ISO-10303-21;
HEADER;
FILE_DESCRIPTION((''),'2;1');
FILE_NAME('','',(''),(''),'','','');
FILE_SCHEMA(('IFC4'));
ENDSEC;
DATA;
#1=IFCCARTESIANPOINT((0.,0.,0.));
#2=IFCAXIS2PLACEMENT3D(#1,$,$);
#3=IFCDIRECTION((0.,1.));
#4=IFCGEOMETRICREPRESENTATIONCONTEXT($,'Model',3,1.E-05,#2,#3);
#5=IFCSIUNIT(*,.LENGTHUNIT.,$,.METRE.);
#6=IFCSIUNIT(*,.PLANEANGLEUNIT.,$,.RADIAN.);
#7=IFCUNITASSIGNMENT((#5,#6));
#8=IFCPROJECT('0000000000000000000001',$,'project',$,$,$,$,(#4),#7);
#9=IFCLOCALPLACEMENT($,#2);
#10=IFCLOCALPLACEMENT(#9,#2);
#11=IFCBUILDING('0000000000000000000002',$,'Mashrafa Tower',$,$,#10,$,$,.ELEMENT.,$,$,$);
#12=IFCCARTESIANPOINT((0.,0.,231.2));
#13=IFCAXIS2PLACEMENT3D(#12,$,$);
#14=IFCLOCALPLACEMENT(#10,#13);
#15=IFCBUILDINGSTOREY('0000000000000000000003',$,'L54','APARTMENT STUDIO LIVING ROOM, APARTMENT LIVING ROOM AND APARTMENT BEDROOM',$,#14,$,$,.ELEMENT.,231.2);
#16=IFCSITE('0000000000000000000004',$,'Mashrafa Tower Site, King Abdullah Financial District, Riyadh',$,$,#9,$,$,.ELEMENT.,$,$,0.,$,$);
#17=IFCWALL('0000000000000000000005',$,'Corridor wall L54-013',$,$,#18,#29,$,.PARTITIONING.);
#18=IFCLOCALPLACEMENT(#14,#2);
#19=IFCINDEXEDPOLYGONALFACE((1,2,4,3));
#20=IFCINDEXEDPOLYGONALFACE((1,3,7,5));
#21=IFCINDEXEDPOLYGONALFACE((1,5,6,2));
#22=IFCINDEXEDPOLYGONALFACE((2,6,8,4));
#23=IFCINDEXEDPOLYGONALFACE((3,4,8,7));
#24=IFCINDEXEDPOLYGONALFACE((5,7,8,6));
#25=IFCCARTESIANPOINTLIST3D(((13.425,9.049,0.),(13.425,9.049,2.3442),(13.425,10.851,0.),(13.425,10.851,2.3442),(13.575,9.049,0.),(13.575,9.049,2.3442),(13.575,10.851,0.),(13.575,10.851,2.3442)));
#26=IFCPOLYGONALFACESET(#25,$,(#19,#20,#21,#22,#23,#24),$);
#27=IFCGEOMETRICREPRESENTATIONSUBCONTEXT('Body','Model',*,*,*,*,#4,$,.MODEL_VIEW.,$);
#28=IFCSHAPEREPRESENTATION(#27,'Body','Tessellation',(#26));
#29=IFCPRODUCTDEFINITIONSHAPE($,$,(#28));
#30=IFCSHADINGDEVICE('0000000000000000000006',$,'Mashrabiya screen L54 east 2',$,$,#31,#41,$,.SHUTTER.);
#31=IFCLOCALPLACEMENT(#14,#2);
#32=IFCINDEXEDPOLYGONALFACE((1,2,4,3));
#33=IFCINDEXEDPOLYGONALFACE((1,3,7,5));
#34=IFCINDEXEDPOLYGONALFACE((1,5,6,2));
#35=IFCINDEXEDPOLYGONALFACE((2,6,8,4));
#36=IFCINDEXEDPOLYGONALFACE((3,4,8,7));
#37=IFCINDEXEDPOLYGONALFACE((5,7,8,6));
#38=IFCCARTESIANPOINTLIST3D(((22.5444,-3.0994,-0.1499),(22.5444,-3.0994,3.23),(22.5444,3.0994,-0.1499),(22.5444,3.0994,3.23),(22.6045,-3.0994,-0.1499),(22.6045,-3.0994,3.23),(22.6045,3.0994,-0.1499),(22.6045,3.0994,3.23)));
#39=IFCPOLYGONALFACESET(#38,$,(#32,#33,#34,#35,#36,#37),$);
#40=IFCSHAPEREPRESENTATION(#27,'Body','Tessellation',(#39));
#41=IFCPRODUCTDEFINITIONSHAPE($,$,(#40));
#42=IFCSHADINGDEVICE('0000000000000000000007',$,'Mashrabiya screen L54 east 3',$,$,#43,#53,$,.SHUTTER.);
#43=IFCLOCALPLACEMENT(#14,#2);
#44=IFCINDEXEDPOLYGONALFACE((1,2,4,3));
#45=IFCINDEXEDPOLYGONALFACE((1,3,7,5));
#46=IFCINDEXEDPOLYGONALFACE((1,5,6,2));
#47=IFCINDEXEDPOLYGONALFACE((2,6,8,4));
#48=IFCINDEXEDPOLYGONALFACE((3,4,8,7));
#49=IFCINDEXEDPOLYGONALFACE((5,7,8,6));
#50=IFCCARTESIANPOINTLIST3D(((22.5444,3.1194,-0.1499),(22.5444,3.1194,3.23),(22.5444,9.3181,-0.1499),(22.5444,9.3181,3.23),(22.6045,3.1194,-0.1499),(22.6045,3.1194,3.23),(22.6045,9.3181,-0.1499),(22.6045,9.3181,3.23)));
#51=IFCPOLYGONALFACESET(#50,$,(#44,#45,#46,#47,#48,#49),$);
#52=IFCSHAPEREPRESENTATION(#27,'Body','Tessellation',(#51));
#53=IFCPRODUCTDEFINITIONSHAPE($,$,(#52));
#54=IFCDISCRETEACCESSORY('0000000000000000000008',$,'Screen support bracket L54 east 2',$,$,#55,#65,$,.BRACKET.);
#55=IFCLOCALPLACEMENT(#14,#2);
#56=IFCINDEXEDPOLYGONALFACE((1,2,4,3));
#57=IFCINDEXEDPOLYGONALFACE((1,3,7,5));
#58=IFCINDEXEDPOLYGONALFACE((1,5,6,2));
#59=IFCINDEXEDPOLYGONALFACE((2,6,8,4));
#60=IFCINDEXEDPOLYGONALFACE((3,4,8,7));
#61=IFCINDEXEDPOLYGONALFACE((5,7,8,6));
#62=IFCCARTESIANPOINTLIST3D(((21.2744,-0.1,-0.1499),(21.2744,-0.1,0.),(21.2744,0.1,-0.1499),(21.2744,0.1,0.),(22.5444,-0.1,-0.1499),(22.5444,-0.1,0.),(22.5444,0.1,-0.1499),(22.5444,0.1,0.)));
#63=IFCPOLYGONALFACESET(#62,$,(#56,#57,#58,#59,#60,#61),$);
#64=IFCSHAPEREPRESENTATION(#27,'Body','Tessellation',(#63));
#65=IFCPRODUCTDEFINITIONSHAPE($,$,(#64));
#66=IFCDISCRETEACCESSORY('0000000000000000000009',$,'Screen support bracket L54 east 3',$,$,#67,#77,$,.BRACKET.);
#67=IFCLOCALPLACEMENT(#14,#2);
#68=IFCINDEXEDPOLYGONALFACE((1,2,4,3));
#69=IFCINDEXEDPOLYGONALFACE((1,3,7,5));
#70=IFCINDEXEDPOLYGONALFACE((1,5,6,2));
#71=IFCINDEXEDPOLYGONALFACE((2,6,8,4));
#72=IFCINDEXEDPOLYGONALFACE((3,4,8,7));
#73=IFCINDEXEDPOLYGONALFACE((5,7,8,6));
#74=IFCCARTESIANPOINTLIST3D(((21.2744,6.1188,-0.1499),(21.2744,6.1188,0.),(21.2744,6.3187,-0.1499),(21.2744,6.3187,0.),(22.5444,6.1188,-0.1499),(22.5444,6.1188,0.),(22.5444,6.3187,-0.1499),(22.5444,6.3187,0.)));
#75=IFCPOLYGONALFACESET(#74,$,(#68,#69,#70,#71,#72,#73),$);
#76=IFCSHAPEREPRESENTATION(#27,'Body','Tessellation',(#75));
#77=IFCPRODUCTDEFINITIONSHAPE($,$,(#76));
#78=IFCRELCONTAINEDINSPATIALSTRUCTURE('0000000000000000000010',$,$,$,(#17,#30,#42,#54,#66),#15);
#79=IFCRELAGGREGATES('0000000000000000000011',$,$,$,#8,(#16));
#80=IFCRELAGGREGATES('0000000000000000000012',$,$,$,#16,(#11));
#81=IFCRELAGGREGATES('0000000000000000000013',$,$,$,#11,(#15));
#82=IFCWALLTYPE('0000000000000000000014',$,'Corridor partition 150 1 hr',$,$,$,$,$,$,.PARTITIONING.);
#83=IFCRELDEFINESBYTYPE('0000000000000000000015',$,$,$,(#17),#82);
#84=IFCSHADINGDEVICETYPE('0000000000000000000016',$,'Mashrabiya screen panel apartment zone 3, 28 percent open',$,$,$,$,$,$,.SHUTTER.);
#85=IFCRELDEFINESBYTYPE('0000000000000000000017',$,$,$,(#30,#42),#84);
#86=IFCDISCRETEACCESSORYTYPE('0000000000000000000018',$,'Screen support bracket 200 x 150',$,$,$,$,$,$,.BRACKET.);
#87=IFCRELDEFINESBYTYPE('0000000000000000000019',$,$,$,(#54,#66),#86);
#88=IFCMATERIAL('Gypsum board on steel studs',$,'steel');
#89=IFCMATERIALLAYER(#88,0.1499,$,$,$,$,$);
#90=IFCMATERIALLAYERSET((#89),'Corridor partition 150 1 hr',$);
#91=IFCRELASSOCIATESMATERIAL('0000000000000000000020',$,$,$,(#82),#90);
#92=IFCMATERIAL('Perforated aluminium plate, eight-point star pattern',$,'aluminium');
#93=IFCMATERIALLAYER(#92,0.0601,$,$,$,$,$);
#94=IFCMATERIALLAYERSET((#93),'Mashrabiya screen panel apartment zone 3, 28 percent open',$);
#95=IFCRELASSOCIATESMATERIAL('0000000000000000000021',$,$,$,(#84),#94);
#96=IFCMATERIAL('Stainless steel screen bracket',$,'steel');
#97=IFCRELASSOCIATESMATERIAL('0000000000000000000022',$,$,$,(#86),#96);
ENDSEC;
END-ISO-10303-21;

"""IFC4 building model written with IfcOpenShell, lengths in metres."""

from ifc_helpers import new_model, si_unit, direction, frame, frame_2d, origin, origin_2d, place, context, subcontext, project, spatial, rectangle, extrude, source, transform, mapped, material, layer, layer_set, type_object, type_shapes, element, save


model = new_model("IFC4")

# Units and contexts
model_context = context("Model", 3, precision=1e-05, world=origin(), true_north=direction((0.0, 1.0)))
body_context = subcontext(model_context, "Body", "Model", "MODEL_VIEW")
ifc_project = project(units=[si_unit("LENGTHUNIT", "METRE"), si_unit("PLANEANGLEUNIT", "RADIAN")], contexts=[model_context])

# Site, building, storey
site_placement = place(None, origin())
site = spatial("IfcSite", under=ifc_project, at=site_placement, Name="Mashrafa Tower Site, King Abdullah Financial District, Riyadh", CompositionType="ELEMENT", RefElevation=0.0)
building_placement = place(site_placement, origin())
building = spatial("IfcBuilding", under=site, at=building_placement, Name="Mashrafa Tower", CompositionType="ELEMENT")
storey_placement = place(building_placement, frame((0.0, 0.0, 231.2)))
storey = spatial("IfcBuildingStorey", under=building, at=storey_placement, Name="L54", Description="APARTMENT STUDIO LIVING ROOM, APARTMENT LIVING ROOM AND APARTMENT BEDROOM", CompositionType="ELEMENT", Elevation=231.2)

# Shared definitions
ifc_material_1 = material(Name="Gypsum board on steel studs", Category="steel")
ifc_layer_1 = layer(ifc_material_1, 0.1499)
ifc_layer_set_1 = layer_set([ifc_layer_1], Name="Corridor partition 150 1 hr")
wall_type_1 = type_object("IfcWallType", Name="Corridor partition 150 1 hr", PredefinedType="PARTITIONING", material=ifc_layer_set_1)

# Wall
wall_1_placement = place(storey_placement, frame((13.5, 9.0491, 0.0), z_axis=(0.0, 0.0, 1.0), x_axis=(0.0, 1.0, 0.0)))
element("IfcWall", 1, at=wall_1_placement, inside=storey, type_object=wall_type_1, Name="Corridor wall L54-013", PredefinedType="PARTITIONING", context=body_context, shape_type="SweptSolid", body=[
    extrude(rectangle(XDim=1.802, YDim=0.1499, at=frame_2d((0.9009, 0.0))), origin(), (0.0, 0.0, 1.0), 2.3442),
])

# Shading devices
ifc_material_2 = material(Name="Perforated aluminium plate, eight-point star pattern", Category="aluminium")
ifc_layer_2 = layer(ifc_material_2, 0.0601)
ifc_layer_set_2 = layer_set([ifc_layer_2], Name="Mashrabiya screen panel apartment zone 3, 28 percent open")
shading_device_type = type_object("IfcShadingDeviceType", Name="Mashrabiya screen panel apartment zone 3, 28 percent open", PredefinedType="SHUTTER", material=ifc_layer_set_2)
shared_shape_1 = source(origin(), body_context, "Body", "SweptSolid", [
    extrude(rectangle(XDim=6.1987, YDim=0.0601, at=origin_2d()), origin(), (0.0, 0.0, 1.0), 3.3799),
])
type_shapes(shading_device_type, [shared_shape_1])
for number, where, z_axis, x_axis, name in (
    (2, (22.5745, 0.0, -0.1499), (0.0, 0.0, 1.0), (0.0, 1.0, 0.0), "Mashrabiya screen L54 east 2"),
    (3, (22.5745, 6.2188, -0.1499), (0.0, 0.0, 1.0), (0.0, 1.0, 0.0), "Mashrabiya screen L54 east 3"),
):
    element("IfcShadingDevice", number, at=place(storey_placement, frame(where, z_axis=z_axis, x_axis=x_axis)), inside=storey, type_object=shading_device_type, Name=name, PredefinedType="SHUTTER", context=body_context, shape_type="MappedRepresentation", body=[
        mapped(shared_shape_1, transform((0.0, 0.0, 0.0))),
    ])

# Discrete accessories
ifc_material_3 = material(Name="Stainless steel screen bracket", Category="steel")
discrete_accessory_type = type_object("IfcDiscreteAccessoryType", Name="Screen support bracket 200 x 150", PredefinedType="BRACKET", material=ifc_material_3)
shared_shape_2 = source(origin(), body_context, "Body", "SweptSolid", [
    extrude(rectangle(XDim=0.2, YDim=1.27, at=origin_2d()), origin(), (0.0, 0.0, 1.0), 0.1499),
])
type_shapes(discrete_accessory_type, [shared_shape_2])
for number, where, z_axis, x_axis, name in (
    (4, (21.9094, 0.0, -0.1499), (0.0, 0.0, 1.0), (0.0, 1.0, 0.0), "Screen support bracket L54 east 2"),
    (5, (21.9094, 6.2188, -0.1499), (0.0, 0.0, 1.0), (0.0, 1.0, 0.0), "Screen support bracket L54 east 3"),
):
    element("IfcDiscreteAccessory", number, at=place(storey_placement, frame(where, z_axis=z_axis, x_axis=x_axis)), inside=storey, type_object=discrete_accessory_type, Name=name, PredefinedType="BRACKET", context=body_context, shape_type="MappedRepresentation", body=[
        mapped(shared_shape_2, transform((0.0, 0.0, 0.0))),
    ])

save(model, "model.ifc")
